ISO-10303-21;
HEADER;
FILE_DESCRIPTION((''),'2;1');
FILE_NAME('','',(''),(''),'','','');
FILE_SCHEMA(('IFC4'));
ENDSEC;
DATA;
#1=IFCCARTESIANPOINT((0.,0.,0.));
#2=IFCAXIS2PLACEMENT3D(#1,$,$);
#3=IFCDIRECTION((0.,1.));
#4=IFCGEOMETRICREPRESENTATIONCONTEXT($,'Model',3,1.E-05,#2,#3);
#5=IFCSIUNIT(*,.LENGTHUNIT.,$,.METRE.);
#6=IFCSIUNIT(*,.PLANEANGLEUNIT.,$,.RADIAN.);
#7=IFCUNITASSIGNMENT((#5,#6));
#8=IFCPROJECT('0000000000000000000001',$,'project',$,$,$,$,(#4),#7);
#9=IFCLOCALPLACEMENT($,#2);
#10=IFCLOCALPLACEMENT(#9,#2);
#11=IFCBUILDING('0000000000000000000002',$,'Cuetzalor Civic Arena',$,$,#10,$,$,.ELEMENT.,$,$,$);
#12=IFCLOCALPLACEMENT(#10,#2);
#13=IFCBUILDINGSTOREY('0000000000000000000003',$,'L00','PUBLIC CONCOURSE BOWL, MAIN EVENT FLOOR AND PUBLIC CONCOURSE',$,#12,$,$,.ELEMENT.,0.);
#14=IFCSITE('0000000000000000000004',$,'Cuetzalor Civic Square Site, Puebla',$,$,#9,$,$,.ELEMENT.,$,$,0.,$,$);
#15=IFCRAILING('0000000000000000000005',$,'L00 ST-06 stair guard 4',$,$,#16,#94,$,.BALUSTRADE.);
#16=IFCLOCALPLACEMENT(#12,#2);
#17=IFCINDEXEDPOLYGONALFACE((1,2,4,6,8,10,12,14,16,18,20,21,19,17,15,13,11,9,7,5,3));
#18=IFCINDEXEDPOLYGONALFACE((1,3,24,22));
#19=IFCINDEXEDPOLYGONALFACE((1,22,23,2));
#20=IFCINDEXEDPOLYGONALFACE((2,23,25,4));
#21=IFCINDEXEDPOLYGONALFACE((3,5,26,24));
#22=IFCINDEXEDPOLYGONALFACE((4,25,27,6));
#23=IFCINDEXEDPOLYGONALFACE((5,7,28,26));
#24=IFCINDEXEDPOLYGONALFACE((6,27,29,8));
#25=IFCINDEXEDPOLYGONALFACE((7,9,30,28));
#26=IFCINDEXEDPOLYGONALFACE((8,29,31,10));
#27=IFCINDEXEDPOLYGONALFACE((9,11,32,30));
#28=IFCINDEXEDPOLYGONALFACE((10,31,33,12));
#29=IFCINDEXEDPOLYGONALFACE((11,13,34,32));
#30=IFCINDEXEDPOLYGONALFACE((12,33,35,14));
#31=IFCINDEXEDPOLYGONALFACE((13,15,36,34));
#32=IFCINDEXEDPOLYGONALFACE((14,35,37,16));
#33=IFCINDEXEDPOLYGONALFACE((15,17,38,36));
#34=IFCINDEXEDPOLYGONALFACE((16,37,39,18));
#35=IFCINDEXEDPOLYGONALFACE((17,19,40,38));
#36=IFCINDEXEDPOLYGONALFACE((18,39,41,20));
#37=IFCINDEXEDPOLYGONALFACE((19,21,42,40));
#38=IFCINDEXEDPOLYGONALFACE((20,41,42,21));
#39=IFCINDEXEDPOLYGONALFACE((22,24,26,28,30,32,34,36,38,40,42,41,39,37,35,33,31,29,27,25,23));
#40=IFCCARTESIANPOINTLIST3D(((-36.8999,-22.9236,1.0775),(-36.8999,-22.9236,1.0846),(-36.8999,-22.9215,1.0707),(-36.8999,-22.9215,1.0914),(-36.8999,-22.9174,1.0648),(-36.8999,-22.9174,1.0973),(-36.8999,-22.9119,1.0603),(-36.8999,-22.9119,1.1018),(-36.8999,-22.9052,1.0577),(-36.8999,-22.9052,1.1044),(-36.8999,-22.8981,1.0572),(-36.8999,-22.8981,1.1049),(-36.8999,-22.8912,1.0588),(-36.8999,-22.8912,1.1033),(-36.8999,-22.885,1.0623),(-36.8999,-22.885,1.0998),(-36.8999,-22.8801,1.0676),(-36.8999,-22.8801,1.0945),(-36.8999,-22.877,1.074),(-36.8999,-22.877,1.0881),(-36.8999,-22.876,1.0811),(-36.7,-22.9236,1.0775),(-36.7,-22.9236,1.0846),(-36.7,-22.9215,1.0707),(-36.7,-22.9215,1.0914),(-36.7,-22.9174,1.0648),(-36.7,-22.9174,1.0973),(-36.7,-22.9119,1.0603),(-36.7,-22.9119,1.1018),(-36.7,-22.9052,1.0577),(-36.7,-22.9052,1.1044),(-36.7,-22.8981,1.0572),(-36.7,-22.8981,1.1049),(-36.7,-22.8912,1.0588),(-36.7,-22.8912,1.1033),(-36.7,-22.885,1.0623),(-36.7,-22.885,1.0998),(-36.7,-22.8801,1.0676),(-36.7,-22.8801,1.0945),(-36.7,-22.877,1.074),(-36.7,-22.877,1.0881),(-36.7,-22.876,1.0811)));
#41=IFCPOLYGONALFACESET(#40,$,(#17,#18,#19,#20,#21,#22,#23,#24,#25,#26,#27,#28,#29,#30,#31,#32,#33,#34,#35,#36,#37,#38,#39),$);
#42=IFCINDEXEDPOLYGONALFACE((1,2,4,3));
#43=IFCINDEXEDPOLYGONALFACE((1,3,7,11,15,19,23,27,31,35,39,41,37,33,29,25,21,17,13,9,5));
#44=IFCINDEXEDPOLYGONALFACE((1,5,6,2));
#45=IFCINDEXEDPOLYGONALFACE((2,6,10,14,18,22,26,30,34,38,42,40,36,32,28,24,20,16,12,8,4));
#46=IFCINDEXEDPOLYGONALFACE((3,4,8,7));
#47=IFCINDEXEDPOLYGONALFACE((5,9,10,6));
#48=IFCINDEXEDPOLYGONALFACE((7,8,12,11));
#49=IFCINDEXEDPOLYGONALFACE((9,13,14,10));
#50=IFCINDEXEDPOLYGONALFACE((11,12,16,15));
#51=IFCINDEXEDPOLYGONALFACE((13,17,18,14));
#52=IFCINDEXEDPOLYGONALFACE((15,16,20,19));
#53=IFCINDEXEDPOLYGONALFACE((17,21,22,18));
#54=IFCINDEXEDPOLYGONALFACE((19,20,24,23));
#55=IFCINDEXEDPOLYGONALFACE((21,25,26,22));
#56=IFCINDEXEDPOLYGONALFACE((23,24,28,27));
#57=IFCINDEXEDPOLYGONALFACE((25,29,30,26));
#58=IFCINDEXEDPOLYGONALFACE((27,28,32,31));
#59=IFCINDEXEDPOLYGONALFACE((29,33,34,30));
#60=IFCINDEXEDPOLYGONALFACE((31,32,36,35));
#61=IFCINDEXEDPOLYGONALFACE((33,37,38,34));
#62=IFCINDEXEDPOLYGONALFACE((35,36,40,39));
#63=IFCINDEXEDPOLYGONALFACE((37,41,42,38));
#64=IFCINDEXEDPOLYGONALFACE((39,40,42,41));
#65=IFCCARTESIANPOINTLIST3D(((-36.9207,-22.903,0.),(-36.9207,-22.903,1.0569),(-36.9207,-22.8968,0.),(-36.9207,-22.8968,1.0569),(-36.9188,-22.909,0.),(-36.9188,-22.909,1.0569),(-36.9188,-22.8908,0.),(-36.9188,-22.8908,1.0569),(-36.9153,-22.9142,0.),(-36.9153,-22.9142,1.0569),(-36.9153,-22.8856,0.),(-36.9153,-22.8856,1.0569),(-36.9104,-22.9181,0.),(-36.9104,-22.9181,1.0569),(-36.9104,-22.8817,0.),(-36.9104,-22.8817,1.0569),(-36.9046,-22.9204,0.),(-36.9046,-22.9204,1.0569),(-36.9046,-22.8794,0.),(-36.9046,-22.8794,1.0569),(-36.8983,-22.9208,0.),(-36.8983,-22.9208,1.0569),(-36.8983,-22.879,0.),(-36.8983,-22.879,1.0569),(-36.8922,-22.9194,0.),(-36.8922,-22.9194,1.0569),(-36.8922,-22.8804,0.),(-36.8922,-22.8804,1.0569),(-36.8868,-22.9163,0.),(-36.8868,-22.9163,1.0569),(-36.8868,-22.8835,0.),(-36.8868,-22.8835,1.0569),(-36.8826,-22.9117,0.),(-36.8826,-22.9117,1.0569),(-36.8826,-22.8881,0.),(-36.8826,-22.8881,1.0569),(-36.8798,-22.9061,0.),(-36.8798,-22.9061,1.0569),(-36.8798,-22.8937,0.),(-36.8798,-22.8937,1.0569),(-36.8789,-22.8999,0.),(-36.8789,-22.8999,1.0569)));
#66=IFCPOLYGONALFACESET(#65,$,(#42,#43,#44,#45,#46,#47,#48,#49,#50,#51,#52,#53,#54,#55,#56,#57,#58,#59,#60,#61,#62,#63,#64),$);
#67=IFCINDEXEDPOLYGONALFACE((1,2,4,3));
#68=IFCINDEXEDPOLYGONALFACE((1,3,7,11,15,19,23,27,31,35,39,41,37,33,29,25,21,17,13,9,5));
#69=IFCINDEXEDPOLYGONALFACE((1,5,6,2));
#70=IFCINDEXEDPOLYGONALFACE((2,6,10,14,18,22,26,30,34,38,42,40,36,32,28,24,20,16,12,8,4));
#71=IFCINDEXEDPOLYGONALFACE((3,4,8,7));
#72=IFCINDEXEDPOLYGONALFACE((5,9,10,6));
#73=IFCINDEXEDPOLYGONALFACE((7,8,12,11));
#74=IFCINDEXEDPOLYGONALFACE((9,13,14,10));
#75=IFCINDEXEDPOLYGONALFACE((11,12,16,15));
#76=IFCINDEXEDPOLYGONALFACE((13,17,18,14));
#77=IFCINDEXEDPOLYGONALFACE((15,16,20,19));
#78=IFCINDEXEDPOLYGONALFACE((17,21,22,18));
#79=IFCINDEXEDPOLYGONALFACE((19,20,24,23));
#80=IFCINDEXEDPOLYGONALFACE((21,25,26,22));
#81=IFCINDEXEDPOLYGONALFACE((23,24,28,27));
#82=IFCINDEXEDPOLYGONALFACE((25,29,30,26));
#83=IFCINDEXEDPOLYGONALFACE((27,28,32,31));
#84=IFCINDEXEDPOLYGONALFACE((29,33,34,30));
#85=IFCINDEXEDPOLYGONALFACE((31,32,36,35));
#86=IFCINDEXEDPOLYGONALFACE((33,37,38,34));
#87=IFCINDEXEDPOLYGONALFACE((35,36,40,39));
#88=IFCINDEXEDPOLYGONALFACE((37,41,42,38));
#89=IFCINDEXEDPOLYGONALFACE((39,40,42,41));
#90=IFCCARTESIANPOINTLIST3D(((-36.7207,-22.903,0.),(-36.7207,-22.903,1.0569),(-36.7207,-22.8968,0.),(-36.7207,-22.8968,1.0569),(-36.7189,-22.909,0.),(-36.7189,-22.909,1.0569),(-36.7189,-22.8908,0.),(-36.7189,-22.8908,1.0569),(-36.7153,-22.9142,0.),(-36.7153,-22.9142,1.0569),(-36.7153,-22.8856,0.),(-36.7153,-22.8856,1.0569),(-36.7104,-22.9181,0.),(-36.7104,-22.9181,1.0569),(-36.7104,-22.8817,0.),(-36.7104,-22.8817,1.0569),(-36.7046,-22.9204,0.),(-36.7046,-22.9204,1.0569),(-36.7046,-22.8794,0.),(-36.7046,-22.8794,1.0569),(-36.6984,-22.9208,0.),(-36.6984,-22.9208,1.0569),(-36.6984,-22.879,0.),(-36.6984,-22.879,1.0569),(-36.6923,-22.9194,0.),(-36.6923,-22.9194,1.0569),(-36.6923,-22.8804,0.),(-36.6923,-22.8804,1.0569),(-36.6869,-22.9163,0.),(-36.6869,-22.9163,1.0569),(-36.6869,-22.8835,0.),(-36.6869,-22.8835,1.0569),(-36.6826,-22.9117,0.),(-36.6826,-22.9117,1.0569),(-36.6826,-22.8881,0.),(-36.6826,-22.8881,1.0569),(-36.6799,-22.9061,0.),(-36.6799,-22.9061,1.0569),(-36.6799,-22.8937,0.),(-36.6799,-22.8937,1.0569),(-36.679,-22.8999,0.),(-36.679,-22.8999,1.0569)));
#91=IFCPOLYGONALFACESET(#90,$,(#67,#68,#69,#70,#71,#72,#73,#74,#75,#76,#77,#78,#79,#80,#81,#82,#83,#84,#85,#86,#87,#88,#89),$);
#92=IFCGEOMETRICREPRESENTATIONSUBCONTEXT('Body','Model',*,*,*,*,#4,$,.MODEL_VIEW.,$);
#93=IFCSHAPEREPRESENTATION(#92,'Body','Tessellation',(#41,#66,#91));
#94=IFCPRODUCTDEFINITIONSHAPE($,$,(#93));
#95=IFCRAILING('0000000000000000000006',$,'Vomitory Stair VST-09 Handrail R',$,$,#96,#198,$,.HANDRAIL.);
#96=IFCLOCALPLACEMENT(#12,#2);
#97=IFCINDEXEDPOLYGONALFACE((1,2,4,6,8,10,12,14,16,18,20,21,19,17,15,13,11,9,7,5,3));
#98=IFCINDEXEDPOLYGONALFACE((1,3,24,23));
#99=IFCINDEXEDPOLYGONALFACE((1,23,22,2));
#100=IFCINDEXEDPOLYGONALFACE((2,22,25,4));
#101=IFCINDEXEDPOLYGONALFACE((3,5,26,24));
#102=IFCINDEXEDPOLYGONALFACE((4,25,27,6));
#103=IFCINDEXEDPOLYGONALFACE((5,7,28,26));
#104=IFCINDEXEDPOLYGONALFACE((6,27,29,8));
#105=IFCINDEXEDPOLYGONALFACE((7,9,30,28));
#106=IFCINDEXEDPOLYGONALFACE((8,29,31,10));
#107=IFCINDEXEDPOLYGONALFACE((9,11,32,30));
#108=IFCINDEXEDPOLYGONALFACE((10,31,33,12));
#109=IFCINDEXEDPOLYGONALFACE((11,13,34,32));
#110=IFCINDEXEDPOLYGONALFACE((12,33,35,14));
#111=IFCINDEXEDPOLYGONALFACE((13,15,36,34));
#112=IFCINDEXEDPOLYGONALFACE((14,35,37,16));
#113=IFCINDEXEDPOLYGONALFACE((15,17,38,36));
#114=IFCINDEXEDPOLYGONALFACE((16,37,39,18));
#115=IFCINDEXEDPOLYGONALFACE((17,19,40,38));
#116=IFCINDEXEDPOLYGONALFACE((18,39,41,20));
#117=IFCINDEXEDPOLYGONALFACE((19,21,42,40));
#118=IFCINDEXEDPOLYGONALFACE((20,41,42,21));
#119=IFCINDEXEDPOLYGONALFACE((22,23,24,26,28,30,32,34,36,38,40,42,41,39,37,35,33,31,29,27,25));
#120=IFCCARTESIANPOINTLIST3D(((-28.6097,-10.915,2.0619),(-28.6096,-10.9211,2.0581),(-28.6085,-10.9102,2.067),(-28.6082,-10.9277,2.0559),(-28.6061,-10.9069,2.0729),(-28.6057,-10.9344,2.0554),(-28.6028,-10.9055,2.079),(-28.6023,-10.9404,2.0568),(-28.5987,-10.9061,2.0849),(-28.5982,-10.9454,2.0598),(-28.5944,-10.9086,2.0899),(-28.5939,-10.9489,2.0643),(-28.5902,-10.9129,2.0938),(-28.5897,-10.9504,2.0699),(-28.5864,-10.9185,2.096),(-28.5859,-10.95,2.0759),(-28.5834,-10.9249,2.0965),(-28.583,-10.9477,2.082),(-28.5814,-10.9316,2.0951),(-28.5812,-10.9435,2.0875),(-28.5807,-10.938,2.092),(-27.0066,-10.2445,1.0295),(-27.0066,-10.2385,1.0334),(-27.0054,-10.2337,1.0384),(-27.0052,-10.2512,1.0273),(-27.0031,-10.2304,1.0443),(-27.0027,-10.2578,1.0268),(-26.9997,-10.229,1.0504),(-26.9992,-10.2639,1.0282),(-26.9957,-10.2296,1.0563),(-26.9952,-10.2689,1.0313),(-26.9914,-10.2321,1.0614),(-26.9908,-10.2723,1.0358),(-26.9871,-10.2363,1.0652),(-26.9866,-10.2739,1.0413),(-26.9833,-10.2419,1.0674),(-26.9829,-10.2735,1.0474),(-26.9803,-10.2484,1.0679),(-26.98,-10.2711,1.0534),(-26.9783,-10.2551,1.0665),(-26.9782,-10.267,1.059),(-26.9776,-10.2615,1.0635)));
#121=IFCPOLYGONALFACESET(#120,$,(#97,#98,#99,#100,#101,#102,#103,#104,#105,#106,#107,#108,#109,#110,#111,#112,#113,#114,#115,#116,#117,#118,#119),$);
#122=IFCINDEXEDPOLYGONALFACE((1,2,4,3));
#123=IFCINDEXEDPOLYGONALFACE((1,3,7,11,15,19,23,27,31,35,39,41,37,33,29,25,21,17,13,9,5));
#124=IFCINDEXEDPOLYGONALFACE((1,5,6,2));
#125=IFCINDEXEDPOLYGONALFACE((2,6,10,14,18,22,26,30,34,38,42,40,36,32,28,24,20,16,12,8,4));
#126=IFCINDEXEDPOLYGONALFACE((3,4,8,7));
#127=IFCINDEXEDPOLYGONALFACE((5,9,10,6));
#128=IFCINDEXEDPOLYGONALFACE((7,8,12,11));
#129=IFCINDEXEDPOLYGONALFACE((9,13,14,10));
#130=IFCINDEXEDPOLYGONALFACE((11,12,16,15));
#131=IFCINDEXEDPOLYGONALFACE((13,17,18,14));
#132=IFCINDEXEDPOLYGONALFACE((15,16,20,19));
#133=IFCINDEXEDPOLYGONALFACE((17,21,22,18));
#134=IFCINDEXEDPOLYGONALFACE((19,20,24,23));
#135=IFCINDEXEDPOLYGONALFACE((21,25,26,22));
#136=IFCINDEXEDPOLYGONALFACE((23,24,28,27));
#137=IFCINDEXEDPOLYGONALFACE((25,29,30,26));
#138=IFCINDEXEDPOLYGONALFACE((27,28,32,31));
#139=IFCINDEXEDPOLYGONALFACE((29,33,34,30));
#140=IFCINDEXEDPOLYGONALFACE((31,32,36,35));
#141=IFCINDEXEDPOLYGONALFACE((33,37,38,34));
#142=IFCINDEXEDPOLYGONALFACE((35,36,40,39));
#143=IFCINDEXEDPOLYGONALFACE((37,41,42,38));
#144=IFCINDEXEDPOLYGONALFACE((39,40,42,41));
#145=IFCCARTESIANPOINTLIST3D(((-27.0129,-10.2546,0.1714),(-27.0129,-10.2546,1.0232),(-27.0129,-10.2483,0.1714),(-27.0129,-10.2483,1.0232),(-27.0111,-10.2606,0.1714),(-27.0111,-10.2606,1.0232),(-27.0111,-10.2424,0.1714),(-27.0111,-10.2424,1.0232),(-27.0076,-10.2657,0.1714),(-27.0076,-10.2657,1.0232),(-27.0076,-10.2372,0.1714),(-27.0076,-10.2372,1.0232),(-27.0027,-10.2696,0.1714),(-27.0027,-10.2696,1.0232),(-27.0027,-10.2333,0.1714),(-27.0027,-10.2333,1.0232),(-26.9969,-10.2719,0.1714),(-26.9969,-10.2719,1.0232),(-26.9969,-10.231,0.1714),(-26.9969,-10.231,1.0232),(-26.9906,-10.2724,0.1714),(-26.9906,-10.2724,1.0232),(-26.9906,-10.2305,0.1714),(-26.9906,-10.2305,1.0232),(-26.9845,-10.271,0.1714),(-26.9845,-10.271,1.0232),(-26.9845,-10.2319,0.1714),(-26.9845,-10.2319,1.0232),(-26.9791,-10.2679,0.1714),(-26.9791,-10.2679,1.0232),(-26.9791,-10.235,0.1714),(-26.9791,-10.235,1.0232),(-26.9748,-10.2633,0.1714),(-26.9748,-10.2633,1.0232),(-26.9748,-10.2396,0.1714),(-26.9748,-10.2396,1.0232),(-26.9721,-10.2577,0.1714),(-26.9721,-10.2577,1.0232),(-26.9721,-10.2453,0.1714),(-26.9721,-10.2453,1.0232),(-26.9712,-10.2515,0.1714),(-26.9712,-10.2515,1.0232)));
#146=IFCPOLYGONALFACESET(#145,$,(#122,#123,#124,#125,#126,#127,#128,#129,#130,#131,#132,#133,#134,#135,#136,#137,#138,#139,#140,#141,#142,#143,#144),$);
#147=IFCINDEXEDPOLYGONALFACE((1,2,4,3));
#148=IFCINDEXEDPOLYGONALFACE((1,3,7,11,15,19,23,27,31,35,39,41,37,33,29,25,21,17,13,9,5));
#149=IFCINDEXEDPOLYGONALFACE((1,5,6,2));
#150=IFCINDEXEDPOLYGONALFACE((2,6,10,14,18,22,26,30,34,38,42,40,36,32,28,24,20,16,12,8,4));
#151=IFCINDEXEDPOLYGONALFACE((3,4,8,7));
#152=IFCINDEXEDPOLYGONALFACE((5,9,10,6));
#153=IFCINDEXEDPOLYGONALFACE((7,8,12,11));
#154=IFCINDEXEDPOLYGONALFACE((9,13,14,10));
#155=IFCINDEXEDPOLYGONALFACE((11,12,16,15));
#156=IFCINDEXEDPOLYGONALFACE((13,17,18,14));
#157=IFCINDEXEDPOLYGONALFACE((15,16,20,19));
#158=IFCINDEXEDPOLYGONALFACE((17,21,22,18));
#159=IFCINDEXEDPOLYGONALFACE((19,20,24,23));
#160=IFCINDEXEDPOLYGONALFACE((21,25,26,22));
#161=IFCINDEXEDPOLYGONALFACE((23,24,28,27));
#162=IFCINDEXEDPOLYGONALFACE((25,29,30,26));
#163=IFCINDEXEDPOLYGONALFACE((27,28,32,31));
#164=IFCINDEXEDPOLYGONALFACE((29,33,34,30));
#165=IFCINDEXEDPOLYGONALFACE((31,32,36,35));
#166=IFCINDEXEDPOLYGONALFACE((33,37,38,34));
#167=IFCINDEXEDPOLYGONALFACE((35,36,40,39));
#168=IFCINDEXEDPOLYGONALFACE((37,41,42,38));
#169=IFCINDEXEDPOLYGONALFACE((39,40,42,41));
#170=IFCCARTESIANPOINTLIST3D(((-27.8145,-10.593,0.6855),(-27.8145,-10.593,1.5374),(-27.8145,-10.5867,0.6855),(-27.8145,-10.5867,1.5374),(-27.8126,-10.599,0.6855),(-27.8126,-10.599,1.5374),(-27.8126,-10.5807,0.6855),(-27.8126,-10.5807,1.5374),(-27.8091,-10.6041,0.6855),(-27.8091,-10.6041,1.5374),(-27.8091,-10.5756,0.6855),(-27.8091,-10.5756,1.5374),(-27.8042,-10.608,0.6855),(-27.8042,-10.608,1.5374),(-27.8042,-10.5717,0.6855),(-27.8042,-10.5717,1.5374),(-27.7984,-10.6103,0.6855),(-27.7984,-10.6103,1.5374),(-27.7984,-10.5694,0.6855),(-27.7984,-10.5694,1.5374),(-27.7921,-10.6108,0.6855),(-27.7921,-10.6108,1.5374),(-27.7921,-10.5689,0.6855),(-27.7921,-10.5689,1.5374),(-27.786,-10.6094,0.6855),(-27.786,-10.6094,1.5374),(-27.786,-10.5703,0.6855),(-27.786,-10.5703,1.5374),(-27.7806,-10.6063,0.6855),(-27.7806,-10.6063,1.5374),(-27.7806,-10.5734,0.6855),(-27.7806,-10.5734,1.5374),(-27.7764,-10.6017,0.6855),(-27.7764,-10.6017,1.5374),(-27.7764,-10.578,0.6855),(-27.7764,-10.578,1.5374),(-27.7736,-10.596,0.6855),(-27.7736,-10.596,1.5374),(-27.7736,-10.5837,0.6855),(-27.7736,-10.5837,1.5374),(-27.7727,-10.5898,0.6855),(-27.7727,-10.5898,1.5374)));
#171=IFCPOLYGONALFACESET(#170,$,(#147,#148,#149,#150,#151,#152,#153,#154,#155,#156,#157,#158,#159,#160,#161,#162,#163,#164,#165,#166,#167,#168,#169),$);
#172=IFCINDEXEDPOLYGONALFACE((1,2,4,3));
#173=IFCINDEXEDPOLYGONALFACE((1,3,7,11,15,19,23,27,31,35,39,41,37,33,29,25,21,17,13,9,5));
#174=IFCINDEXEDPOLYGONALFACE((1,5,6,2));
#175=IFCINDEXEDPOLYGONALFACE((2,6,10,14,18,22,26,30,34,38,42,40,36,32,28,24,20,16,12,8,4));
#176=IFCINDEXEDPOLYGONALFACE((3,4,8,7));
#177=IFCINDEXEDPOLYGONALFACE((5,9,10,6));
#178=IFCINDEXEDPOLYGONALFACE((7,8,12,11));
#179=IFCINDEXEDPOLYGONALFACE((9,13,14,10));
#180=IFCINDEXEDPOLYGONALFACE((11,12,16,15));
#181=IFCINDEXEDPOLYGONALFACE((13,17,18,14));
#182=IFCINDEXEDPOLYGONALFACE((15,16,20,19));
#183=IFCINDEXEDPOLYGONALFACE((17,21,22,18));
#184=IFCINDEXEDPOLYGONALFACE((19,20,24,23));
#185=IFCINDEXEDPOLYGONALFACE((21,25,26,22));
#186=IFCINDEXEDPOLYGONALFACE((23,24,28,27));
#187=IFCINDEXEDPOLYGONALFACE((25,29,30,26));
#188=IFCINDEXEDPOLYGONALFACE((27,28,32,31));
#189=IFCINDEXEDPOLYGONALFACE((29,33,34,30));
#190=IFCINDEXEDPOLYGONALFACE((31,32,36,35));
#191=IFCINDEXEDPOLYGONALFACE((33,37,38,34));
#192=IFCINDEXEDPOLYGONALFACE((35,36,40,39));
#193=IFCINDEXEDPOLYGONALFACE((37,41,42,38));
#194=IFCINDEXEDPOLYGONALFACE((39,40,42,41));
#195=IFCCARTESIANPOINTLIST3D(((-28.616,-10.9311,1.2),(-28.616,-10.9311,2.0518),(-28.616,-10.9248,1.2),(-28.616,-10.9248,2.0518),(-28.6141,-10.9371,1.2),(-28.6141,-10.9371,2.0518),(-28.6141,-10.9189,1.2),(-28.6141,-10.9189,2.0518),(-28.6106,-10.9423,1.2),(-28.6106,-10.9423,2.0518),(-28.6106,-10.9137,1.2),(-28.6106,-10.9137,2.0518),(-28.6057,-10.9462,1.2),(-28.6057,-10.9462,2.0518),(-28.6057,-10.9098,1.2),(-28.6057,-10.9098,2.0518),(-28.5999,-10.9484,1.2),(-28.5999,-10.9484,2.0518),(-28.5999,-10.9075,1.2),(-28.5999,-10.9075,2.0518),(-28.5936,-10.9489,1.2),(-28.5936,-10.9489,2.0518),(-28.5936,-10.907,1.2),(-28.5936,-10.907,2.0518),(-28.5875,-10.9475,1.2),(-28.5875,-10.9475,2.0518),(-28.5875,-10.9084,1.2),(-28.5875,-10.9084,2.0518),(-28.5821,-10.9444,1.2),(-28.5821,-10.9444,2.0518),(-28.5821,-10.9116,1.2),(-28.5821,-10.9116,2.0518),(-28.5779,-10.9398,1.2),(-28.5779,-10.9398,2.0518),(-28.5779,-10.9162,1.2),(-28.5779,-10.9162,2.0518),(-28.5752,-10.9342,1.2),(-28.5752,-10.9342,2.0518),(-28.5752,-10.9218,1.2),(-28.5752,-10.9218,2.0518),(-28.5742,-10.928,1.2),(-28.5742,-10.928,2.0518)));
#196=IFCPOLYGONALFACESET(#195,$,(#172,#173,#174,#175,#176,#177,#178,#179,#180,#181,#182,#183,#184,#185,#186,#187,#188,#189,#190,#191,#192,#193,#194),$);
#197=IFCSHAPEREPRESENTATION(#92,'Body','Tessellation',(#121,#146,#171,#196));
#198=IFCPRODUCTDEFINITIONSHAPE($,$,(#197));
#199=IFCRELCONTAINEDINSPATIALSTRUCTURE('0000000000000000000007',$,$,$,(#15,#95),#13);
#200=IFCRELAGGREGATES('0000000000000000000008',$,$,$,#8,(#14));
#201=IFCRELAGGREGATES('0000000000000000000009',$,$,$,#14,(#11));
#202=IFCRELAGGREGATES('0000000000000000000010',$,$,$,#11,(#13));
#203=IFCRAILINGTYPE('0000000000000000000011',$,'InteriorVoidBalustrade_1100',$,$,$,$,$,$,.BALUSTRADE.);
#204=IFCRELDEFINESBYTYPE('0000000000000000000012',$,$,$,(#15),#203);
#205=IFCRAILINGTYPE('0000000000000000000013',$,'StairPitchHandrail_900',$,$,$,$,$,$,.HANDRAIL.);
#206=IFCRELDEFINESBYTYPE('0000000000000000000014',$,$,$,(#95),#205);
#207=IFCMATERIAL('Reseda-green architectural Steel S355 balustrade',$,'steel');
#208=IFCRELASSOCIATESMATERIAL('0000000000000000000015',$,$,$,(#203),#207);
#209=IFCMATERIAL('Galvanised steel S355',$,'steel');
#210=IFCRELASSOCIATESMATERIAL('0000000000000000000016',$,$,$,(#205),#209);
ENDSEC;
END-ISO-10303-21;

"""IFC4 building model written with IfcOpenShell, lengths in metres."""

from ifc_helpers import new_model, si_unit, direction, frame, origin, origin_2d, place, context, subcontext, project, spatial, circle, extrude, material, type_object, element, save


model = new_model("IFC4")

# Units and contexts
model_context = context("Model", 3, precision=1e-05, world=origin(), true_north=direction((0.0, 1.0)))
body_context = subcontext(model_context, "Body", "Model", "MODEL_VIEW")
ifc_project = project(units=[si_unit("LENGTHUNIT", "METRE"), si_unit("PLANEANGLEUNIT", "RADIAN")], contexts=[model_context])

# Site, building, storey
site_placement = place(None, origin())
site = spatial("IfcSite", under=ifc_project, at=site_placement, Name="Cuetzalor Civic Square Site, Puebla", CompositionType="ELEMENT", RefElevation=0.0)
building_placement = place(site_placement, origin())
building = spatial("IfcBuilding", under=site, at=building_placement, Name="Cuetzalor Civic Arena", CompositionType="ELEMENT")
storey_placement = place(building_placement, origin())
storey = spatial("IfcBuildingStorey", under=building, at=storey_placement, Name="L00", Description="PUBLIC CONCOURSE BOWL, MAIN EVENT FLOOR AND PUBLIC CONCOURSE", CompositionType="ELEMENT", Elevation=0.0)

# Railings
ifc_material_1 = material(Name="Reseda-green architectural Steel S355 balustrade", Category="steel")
railing_type_1 = type_object("IfcRailingType", Name="InteriorVoidBalustrade_1100", PredefinedType="BALUSTRADE", material=ifc_material_1)
railing_1_placement = place(storey_placement, frame((-36.8999, -22.8999, 0.0)))
element("IfcRailing", 1, at=railing_1_placement, inside=storey, type_object=railing_type_1, Name="L00 ST-06 stair guard 4", PredefinedType="BALUSTRADE", context=body_context, shape_type="SweptSolid", body=[
    extrude(circle(Radius=0.0239, at=origin_2d()), frame((0.0, 0.0, 1.0811), z_axis=(1.0, 0.0, 0.0), x_axis=(0.0, 1.0, 0.0)), (0.0, 0.0, 1.0), 0.2),
    extrude(circle(Radius=0.021, at=origin_2d()), origin(), (0.0, 0.0, 1.0), 1.0569),
    extrude(circle(Radius=0.021, at=origin_2d()), frame((0.2, 0.0, 0.0)), (0.0, 0.0, 1.0), 1.0569),
])
ifc_material_2 = material(Name="Galvanised steel S355", Category="steel")
railing_type_2 = type_object("IfcRailingType", Name="StairPitchHandrail_900", PredefinedType="HANDRAIL", material=ifc_material_2)
railing_2_placement = place(storey_placement, frame((-26.9922, -10.2515, 0.1714)))
element("IfcRailing", 2, at=railing_2_placement, inside=storey, type_object=railing_type_2, Name="Vomitory Stair VST-09 Handrail R", PredefinedType="HANDRAIL", context=body_context, shape_type="SweptSolid", body=[
    extrude(circle(Radius=0.0239, at=origin_2d()), frame((0.0, 0.0, 0.876), z_axis=(-0.793101, -0.334706, 0.508884), x_axis=(0.388816, -0.921315, 0.0)), (0.0, 0.0, 1.0), 2.0212),
    extrude(circle(Radius=0.021, at=origin_2d()), origin(), (0.0, 0.0, 1.0), 0.8518),
    extrude(circle(Radius=0.021, at=origin_2d()), frame((-0.8015, -0.3384, 0.5142)), (0.0, 0.0, 1.0), 0.8518),
    extrude(circle(Radius=0.021, at=origin_2d()), frame((-1.603, -0.6765, 1.0286)), (0.0, 0.0, 1.0), 0.8518),
])

save(model, "model.ifc")
